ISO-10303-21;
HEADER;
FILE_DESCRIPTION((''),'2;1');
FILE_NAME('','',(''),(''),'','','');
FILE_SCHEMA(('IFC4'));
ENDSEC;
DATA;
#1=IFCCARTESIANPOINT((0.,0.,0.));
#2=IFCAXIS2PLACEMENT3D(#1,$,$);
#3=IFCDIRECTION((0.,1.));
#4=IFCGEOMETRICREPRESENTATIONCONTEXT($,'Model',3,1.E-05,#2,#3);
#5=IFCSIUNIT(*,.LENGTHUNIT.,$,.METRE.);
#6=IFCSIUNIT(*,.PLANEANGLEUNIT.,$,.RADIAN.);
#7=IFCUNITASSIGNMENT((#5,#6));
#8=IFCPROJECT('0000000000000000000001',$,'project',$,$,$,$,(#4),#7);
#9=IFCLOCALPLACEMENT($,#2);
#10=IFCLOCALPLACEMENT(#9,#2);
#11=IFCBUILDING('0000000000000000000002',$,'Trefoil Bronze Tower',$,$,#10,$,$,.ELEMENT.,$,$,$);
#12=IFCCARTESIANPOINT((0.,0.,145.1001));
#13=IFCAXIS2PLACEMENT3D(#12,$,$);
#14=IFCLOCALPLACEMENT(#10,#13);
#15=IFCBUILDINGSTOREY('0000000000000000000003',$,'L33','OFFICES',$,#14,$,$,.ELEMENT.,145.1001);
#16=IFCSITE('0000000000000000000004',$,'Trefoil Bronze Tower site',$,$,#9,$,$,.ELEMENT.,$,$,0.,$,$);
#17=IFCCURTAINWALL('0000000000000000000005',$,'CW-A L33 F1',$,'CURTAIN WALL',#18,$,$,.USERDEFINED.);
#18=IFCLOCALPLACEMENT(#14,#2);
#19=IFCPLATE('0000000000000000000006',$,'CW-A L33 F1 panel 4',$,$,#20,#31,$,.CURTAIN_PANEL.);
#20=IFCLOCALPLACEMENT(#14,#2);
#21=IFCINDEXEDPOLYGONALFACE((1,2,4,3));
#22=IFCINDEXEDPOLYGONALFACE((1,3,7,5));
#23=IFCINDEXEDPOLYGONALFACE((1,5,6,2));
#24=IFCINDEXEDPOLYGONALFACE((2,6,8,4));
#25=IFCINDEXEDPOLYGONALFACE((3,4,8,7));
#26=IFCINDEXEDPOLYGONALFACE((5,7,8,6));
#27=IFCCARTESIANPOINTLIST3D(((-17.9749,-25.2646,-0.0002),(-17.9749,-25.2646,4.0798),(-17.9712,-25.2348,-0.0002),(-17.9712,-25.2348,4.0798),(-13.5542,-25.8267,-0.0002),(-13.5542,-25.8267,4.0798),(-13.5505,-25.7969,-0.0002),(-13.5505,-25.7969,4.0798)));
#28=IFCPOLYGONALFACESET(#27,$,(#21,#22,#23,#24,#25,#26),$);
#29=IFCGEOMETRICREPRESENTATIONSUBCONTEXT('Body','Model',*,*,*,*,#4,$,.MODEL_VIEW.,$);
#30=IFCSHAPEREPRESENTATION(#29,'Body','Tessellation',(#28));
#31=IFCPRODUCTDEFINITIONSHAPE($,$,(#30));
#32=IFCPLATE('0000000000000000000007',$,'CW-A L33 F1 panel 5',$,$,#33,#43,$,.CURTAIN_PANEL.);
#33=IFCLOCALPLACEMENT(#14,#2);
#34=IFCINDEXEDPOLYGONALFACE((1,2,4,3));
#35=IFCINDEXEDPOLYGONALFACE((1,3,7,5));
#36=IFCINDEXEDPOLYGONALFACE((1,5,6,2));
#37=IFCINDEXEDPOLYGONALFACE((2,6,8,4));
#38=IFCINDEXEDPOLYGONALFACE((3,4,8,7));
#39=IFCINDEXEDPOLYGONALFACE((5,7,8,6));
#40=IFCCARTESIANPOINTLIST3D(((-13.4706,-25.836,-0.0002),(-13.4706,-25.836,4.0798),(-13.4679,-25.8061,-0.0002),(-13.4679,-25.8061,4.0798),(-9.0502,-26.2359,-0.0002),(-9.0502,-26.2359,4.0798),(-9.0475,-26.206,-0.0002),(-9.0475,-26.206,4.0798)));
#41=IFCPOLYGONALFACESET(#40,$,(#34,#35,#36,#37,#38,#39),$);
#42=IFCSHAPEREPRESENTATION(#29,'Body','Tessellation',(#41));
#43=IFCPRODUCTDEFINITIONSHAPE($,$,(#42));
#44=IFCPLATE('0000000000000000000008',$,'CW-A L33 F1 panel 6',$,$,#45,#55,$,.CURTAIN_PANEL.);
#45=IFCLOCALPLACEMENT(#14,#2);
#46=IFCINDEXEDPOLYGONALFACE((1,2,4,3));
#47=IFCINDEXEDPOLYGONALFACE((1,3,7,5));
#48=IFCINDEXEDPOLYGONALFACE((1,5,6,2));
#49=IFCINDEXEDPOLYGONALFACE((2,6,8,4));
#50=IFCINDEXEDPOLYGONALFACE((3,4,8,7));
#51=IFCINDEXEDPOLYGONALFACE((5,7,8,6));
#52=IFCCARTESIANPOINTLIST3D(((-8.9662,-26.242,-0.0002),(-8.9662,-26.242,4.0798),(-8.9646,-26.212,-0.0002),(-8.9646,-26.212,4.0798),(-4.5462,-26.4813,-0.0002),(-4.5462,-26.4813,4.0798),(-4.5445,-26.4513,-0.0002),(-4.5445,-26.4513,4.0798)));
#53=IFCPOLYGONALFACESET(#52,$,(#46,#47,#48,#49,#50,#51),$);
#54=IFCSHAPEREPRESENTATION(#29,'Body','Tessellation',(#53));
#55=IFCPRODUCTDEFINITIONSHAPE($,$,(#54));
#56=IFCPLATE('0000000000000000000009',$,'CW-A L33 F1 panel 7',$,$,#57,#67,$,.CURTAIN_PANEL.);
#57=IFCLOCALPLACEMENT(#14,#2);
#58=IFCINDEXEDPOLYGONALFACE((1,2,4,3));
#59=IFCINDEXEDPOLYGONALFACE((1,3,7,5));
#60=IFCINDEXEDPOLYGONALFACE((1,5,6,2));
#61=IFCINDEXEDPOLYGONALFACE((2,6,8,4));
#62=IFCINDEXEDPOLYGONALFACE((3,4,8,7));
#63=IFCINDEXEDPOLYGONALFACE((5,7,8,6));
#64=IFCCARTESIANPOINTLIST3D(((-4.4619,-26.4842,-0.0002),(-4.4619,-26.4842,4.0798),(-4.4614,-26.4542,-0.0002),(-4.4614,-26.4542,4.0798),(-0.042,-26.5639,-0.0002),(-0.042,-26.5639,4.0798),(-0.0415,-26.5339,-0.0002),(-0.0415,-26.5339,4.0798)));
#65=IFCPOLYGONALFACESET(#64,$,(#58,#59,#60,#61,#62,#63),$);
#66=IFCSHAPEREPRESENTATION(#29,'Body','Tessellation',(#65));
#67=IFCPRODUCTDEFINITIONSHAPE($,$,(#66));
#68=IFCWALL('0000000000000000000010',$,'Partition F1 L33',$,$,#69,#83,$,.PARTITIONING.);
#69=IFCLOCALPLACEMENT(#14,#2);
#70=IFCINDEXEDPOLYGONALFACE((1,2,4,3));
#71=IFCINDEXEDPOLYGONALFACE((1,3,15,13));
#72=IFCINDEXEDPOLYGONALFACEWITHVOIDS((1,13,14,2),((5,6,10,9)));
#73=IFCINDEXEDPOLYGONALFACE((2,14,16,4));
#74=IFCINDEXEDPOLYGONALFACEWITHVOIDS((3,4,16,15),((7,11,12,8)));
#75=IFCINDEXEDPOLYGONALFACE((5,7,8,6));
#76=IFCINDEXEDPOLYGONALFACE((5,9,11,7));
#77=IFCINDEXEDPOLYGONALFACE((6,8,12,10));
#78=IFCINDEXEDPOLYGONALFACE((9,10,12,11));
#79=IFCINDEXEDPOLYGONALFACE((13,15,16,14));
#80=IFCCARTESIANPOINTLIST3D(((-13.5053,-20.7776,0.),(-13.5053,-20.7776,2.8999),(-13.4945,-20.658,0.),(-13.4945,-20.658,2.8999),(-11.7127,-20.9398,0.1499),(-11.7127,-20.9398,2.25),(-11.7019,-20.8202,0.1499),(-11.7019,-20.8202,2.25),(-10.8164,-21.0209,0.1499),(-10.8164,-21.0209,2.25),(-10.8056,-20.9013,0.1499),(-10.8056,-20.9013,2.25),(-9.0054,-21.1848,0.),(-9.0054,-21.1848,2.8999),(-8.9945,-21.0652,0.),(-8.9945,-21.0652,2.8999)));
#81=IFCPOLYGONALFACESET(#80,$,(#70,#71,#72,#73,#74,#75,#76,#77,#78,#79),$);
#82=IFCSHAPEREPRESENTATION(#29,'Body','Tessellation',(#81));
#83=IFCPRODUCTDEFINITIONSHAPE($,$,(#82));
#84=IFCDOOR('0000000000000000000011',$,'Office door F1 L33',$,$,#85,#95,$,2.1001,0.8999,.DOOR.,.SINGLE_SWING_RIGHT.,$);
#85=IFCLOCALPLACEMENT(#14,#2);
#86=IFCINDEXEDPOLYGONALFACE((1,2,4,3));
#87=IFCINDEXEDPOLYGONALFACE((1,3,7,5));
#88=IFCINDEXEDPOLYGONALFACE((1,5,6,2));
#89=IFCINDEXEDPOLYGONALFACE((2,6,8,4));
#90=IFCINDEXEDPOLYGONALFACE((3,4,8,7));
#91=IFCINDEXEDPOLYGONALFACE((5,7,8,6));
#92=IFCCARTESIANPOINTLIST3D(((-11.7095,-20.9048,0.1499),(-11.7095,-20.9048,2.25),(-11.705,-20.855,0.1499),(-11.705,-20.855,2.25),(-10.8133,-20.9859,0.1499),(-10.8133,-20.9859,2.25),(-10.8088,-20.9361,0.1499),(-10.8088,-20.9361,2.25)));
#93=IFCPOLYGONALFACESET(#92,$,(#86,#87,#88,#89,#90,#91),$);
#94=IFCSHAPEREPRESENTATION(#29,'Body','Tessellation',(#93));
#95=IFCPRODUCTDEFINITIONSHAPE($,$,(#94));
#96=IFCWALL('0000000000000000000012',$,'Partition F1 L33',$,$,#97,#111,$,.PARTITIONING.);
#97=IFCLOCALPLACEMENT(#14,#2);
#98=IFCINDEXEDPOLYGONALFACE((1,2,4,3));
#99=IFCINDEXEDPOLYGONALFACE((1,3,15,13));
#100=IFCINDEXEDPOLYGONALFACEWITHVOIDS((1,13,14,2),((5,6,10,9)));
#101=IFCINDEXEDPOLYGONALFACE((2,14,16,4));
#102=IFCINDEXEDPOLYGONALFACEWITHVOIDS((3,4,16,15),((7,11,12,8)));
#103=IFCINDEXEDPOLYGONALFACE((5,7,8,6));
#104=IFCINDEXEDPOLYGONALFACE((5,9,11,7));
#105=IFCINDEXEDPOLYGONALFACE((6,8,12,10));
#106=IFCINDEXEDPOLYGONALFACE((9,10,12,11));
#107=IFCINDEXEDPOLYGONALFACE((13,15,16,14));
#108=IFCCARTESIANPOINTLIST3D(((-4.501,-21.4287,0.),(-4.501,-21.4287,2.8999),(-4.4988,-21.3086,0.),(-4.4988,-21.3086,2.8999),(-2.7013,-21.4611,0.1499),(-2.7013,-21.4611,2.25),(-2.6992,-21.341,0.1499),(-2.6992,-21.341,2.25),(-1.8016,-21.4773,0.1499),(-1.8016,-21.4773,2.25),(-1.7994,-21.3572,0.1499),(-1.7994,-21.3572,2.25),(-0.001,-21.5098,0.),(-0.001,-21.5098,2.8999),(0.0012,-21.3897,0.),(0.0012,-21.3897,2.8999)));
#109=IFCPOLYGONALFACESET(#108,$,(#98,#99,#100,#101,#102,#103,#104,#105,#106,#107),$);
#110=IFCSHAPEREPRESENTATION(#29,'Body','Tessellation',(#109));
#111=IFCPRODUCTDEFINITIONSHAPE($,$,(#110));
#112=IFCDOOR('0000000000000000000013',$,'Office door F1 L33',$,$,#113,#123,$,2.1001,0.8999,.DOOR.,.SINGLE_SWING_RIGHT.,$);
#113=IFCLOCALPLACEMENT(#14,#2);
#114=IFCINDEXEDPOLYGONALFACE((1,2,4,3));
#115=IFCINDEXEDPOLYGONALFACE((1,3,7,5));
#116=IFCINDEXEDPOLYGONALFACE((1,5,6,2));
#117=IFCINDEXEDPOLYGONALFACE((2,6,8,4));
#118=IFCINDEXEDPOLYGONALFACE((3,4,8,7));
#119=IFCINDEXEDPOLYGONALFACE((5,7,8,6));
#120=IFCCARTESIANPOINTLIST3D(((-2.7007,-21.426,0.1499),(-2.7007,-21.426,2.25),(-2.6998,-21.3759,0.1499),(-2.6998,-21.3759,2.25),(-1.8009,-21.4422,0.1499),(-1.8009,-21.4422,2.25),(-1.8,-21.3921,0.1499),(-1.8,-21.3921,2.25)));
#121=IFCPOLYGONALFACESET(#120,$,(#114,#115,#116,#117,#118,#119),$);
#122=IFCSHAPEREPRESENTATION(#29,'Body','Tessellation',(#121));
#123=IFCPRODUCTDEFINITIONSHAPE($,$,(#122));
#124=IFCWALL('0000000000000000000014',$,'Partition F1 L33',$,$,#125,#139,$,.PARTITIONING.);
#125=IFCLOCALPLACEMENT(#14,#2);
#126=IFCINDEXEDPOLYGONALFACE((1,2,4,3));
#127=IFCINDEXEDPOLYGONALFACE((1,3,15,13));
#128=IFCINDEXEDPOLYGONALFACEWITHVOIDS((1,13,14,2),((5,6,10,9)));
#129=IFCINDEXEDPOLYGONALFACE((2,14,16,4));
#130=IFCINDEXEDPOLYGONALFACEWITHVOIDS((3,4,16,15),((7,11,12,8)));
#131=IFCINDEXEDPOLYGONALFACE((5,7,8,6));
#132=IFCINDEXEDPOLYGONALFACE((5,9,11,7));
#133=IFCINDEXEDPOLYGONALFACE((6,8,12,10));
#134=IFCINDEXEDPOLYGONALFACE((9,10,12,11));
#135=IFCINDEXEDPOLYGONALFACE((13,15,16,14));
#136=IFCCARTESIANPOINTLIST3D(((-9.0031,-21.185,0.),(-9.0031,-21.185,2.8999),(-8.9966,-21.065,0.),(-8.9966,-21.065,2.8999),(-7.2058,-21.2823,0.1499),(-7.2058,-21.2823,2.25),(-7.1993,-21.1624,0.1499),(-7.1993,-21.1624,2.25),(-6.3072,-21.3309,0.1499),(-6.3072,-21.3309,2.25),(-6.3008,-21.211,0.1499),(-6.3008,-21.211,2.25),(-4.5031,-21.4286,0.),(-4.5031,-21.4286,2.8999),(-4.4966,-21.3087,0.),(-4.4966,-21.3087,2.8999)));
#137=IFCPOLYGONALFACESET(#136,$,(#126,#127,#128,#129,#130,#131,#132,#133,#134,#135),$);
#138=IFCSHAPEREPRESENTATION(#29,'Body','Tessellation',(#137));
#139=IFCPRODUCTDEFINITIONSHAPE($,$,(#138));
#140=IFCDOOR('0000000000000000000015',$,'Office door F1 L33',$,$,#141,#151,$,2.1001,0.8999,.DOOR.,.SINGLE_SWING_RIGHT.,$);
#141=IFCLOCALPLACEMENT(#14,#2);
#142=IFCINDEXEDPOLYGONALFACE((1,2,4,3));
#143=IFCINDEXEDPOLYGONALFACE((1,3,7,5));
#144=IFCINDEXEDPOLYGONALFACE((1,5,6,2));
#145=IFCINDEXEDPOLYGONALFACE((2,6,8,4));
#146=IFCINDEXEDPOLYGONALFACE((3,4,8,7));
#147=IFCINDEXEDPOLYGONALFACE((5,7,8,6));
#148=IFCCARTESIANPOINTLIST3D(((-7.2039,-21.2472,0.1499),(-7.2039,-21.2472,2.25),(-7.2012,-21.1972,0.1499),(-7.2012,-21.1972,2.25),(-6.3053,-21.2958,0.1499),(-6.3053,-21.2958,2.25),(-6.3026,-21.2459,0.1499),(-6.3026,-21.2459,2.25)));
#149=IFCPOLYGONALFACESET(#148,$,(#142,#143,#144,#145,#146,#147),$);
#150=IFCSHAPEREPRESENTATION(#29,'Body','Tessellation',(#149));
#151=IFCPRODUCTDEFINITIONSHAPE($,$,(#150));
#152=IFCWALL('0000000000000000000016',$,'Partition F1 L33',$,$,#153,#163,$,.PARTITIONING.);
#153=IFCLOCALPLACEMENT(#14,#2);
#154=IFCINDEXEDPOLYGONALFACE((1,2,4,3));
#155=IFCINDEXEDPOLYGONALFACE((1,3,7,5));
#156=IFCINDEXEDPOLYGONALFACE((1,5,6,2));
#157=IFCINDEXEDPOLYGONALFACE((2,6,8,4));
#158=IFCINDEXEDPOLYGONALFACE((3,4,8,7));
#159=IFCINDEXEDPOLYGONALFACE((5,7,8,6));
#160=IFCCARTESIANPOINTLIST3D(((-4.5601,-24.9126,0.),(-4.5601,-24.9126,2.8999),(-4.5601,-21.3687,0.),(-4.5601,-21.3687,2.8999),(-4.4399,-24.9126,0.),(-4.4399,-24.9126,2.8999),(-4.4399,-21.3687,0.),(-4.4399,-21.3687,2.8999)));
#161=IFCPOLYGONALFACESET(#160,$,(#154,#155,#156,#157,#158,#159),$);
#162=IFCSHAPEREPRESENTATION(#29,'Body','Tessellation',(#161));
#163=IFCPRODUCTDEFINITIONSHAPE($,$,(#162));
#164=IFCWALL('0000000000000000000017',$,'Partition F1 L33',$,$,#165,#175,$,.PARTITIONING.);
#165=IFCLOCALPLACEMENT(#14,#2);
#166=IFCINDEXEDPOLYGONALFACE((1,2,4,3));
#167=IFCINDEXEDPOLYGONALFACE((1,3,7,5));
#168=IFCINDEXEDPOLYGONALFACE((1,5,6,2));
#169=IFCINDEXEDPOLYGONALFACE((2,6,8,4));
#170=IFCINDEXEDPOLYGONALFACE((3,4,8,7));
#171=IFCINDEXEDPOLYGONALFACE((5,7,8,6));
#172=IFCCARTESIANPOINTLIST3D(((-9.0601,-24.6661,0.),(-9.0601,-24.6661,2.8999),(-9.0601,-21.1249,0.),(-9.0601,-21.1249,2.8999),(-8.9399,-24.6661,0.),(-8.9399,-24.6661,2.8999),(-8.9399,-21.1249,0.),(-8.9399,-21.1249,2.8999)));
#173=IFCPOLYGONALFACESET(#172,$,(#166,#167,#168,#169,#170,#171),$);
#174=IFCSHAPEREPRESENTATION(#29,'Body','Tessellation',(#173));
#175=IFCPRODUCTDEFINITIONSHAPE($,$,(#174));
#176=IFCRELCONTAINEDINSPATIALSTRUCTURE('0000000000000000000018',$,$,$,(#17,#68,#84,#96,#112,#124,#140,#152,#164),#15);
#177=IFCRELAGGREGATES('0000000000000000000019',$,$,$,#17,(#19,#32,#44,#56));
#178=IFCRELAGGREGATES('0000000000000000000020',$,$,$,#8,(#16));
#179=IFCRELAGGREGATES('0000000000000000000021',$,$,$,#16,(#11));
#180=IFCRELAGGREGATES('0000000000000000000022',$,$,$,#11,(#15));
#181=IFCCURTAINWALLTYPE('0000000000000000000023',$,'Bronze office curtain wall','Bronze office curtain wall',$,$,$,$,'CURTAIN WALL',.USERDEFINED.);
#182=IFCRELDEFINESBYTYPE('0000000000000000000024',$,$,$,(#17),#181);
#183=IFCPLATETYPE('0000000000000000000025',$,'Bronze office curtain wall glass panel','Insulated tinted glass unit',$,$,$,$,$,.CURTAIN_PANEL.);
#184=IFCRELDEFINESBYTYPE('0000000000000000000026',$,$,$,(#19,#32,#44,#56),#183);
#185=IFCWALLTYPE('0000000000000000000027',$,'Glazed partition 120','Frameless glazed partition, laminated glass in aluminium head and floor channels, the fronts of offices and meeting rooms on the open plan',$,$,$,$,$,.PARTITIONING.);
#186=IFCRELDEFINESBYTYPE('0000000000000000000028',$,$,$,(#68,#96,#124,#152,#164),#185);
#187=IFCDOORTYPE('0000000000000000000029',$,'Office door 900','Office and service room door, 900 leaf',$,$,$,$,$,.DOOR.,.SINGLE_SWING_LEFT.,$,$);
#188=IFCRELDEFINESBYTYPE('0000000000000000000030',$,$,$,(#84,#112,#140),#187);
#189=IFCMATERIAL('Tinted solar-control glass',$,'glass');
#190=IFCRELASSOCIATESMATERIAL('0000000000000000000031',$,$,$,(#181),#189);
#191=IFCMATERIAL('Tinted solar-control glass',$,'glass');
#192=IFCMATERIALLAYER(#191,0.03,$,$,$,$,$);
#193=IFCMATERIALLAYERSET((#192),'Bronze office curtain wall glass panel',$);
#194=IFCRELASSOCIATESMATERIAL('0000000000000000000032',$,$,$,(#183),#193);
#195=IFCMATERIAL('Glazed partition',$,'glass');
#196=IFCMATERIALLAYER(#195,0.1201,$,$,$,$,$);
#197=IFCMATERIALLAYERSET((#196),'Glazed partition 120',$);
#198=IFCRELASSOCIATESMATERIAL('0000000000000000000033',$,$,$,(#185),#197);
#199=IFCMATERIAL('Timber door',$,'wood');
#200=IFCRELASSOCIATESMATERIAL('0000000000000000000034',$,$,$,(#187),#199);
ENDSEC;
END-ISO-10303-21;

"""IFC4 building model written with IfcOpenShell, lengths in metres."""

from ifc_helpers import new_model, si_unit, direction, frame, frame_2d, origin, origin_2d, place, context, subcontext, project, spatial, rectangle, extrude, material, layer, layer_set, type_object, element, fill, aggregate, save


model = new_model("IFC4")

# Units and contexts
model_context = context("Model", 3, precision=1e-05, world=origin(), true_north=direction((0.0, 1.0)))
body_context = subcontext(model_context, "Body", "Model", "MODEL_VIEW")
ifc_project = project(units=[si_unit("LENGTHUNIT", "METRE"), si_unit("PLANEANGLEUNIT", "RADIAN")], contexts=[model_context])

# Site, building, storey
site_placement = place(None, origin())
site = spatial("IfcSite", under=ifc_project, at=site_placement, Name="Trefoil Bronze Tower site", CompositionType="ELEMENT", RefElevation=0.0)
building_placement = place(site_placement, origin())
building = spatial("IfcBuilding", under=site, at=building_placement, Name="Trefoil Bronze Tower", CompositionType="ELEMENT")
storey_placement = place(building_placement, frame((0.0, 0.0, 145.1001)))
storey = spatial("IfcBuildingStorey", under=building, at=storey_placement, Name="L33", Description="OFFICES", CompositionType="ELEMENT", Elevation=145.1001)

# Curtain wall
ifc_material_1 = material(Name="Tinted solar-control glass", Category="glass")
curtain_wall_type = type_object("IfcCurtainWallType", Name="Bronze office curtain wall", Description="Bronze office curtain wall", ElementType="CURTAIN WALL", PredefinedType="USERDEFINED", material=ifc_material_1)
curtain_wall_placement = place(storey_placement, origin())
curtain_wall = element("IfcCurtainWall", 1, at=curtain_wall_placement, inside=storey, type_object=curtain_wall_type, Name="CW-A L33 F1", ObjectType="CURTAIN WALL", PredefinedType="USERDEFINED")

# Plates
ifc_material_2 = material(Name="Tinted solar-control glass", Category="glass")
ifc_layer_1 = layer(ifc_material_2, 0.03)
ifc_layer_set_1 = layer_set([ifc_layer_1], Name="Bronze office curtain wall glass panel")
plate_type = type_object("IfcPlateType", Name="Bronze office curtain wall glass panel", Description="Insulated tinted glass unit", PredefinedType="CURTAIN_PANEL", material=ifc_layer_set_1)
plate_1_placement = place(storey_placement, frame((-15.7627, -25.5308, -0.0002), z_axis=(0.0, 0.0, 1.0), x_axis=(0.992012, -0.126147, 0.0)))
plate_1 = element("IfcPlate", 2, at=plate_1_placement, type_object=plate_type, Name="CW-A L33 F1 panel 4", PredefinedType="CURTAIN_PANEL", context=body_context, shape_type="SweptSolid", body=[
    extrude(rectangle(XDim=4.4563, YDim=0.03, at=origin_2d()), origin(), (0.0, 0.0, 1.0), 4.0801),
])
plate_2_placement = place(storey_placement, frame((-11.259, -26.021, -0.0002), z_axis=(0.0, 0.0, 1.0), x_axis=(0.995932, -0.090105, 0.0)))
plate_2 = element("IfcPlate", 3, at=plate_2_placement, type_object=plate_type, Name="CW-A L33 F1 panel 5", PredefinedType="CURTAIN_PANEL", context=body_context, shape_type="SweptSolid", body=[
    extrude(rectangle(XDim=4.4385, YDim=0.03, at=origin_2d()), origin(), (0.0, 0.0, 1.0), 4.0801),
])
plate_3_placement = place(storey_placement, frame((-6.7554, -26.3467, -0.0002), z_axis=(0.0, 0.0, 1.0), x_axis=(0.998538, -0.054063, 0.0)))
plate_3 = element("IfcPlate", 4, at=plate_3_placement, type_object=plate_type, Name="CW-A L33 F1 panel 6", PredefinedType="CURTAIN_PANEL", context=body_context, shape_type="SweptSolid", body=[
    extrude(rectangle(XDim=4.4265, YDim=0.03, at=origin_2d()), origin(), (0.0, 0.0, 1.0), 4.0801),
])
plate_4_placement = place(storey_placement, frame((-2.2517, -26.509, -0.0002), z_axis=(0.0, 0.0, 1.0), x_axis=(0.999838, -0.018021, 0.0)))
plate_4 = element("IfcPlate", 5, at=plate_4_placement, type_object=plate_type, Name="CW-A L33 F1 panel 7", PredefinedType="CURTAIN_PANEL", context=body_context, shape_type="SweptSolid", body=[
    extrude(rectangle(XDim=4.4207, YDim=0.03, at=origin_2d()), origin(), (0.0, 0.0, 1.0), 4.0801),
])
aggregate(curtain_wall, [plate_1, plate_2, plate_3, plate_4])

# Walls, openings, doors
ifc_material_3 = material(Name="Glazed partition", Category="glass")
ifc_layer_2 = layer(ifc_material_3, 0.1201)
ifc_layer_set_2 = layer_set([ifc_layer_2], Name="Glazed partition 120")
wall_type_1 = type_object("IfcWallType", Name="Glazed partition 120", Description="Frameless glazed partition, laminated glass in aluminium head and floor channels, the fronts of offices and meeting rooms on the open plan", PredefinedType="PARTITIONING", material=ifc_layer_set_2)
wall_1_placement = place(storey_placement, frame((-13.5, -20.7178, 0.0), z_axis=(0.0, 0.0, 1.0), x_axis=(0.99593, -0.090127, 0.0)))
wall_1 = element("IfcWall", 6, at=wall_1_placement, inside=storey, type_object=wall_type_1, Name="Partition F1 L33", PredefinedType="PARTITIONING", context=body_context, shape_type="SweptSolid", body=[
    extrude(rectangle(XDim=4.5183, YDim=0.1201, at=frame_2d((2.2593, 0.0))), origin(), (0.0, 0.0, 1.0), 2.8999),
])
opening_1_placement = place(wall_1_placement, frame((1.8, 0.0, 0.1499)))
opening_1 = element("IfcOpeningElement", 7, at=opening_1_placement, cuts=wall_1, PredefinedType="OPENING", context=body_context, shape_type="SweptSolid", body=[
    extrude(rectangle(XDim=0.8999, YDim=2.1001, at=frame_2d((0.45, 1.05))), frame((0.0, 0.0701, 0.0), z_axis=(0.0, -1.0, 0.0), x_axis=(1.0, 0.0, 0.0)), (0.0, 0.0, 1.0), 0.1401),
])
ifc_material_4 = material(Name="Timber door", Category="wood")
door_type = type_object("IfcDoorType", Name="Office door 900", Description="Office and service room door, 900 leaf", OperationType="SINGLE_SWING_LEFT", PredefinedType="DOOR", material=ifc_material_4)
door_1_placement = place(opening_1_placement, frame((0.8999, 0.0, 0.0), z_axis=(0.0, 0.0, 1.0), x_axis=(-1.0, 0.0, 0.0)))
door_1 = element("IfcDoor", 8, at=door_1_placement, inside=storey, type_object=door_type, Name="Office door F1 L33", OperationType="SINGLE_SWING_RIGHT", OverallHeight=2.1001, OverallWidth=0.8999, PredefinedType="DOOR", context=body_context, shape_type="SweptSolid", body=[
    extrude(rectangle(XDim=0.8999, YDim=2.1001, at=frame_2d((0.45, 1.05))), frame((0.0, 0.0249, 0.0), z_axis=(0.0, -1.0, 0.0), x_axis=(1.0, 0.0, 0.0)), (0.0, 0.0, 1.0), 0.05),
])
fill(opening_1, door_1)
wall_2_placement = place(storey_placement, frame((-4.5, -21.3687, 0.0), z_axis=(0.0, 0.0, 1.0), x_axis=(0.999838, -0.018009, 0.0)))
wall_2 = element("IfcWall", 9, at=wall_2_placement, inside=storey, type_object=wall_type_1, Name="Partition F1 L33", PredefinedType="PARTITIONING", context=body_context, shape_type="SweptSolid", body=[
    extrude(rectangle(XDim=4.5007, YDim=0.1201, at=frame_2d((2.2505, 0.0))), origin(), (0.0, 0.0, 1.0), 2.8999),
])
opening_2_placement = place(wall_2_placement, frame((1.8, 0.0, 0.1499)))
opening_2 = element("IfcOpeningElement", 10, at=opening_2_placement, cuts=wall_2, PredefinedType="OPENING", context=body_context, shape_type="SweptSolid", body=[
    extrude(rectangle(XDim=0.8999, YDim=2.1001, at=frame_2d((0.45, 1.05))), frame((0.0, 0.0701, 0.0), z_axis=(0.0, -1.0, 0.0), x_axis=(1.0, 0.0, 0.0)), (0.0, 0.0, 1.0), 0.1401),
])
door_2_placement = place(opening_2_placement, frame((0.8999, 0.0, 0.0), z_axis=(0.0, 0.0, 1.0), x_axis=(-1.0, 0.0, 0.0)))
door_2 = element("IfcDoor", 11, at=door_2_placement, inside=storey, type_object=door_type, Name="Office door F1 L33", OperationType="SINGLE_SWING_RIGHT", OverallHeight=2.1001, OverallWidth=0.8999, PredefinedType="DOOR", context=body_context, shape_type="SweptSolid", body=[
    extrude(rectangle(XDim=0.8999, YDim=2.1001, at=frame_2d((0.45, 1.05))), frame((0.0, 0.0249, 0.0), z_axis=(0.0, -1.0, 0.0), x_axis=(1.0, 0.0, 0.0)), (0.0, 0.0, 1.0), 0.05),
])
fill(opening_2, door_2)
wall_3_placement = place(storey_placement, frame((-9.0, -21.125, 0.0), z_axis=(0.0, 0.0, 1.0), x_axis=(0.998537, -0.054066, 0.0)))
wall_3 = element("IfcWall", 12, at=wall_3_placement, inside=storey, type_object=wall_type_1, Name="Partition F1 L33", PredefinedType="PARTITIONING", context=body_context, shape_type="SweptSolid", body=[
    extrude(rectangle(XDim=4.5066, YDim=0.1201, at=frame_2d((2.2534, 0.0))), origin(), (0.0, 0.0, 1.0), 2.8999),
])
opening_3_placement = place(wall_3_placement, frame((1.8, 0.0, 0.1499)))
opening_3 = element("IfcOpeningElement", 13, at=opening_3_placement, cuts=wall_3, PredefinedType="OPENING", context=body_context, shape_type="SweptSolid", body=[
    extrude(rectangle(XDim=0.8999, YDim=2.1001, at=frame_2d((0.45, 1.05))), frame((0.0, 0.0701, 0.0), z_axis=(0.0, -1.0, 0.0), x_axis=(1.0, 0.0, 0.0)), (0.0, 0.0, 1.0), 0.1401),
])
door_3_placement = place(opening_3_placement, frame((0.8999, 0.0, 0.0), z_axis=(0.0, 0.0, 1.0), x_axis=(-1.0, 0.0, 0.0)))
door_3 = element("IfcDoor", 14, at=door_3_placement, inside=storey, type_object=door_type, Name="Office door F1 L33", OperationType="SINGLE_SWING_RIGHT", OverallHeight=2.1001, OverallWidth=0.8999, PredefinedType="DOOR", context=body_context, shape_type="SweptSolid", body=[
    extrude(rectangle(XDim=0.8999, YDim=2.1001, at=frame_2d((0.45, 1.05))), frame((0.0, 0.0249, 0.0), z_axis=(0.0, -1.0, 0.0), x_axis=(1.0, 0.0, 0.0)), (0.0, 0.0, 1.0), 0.05),
])
fill(opening_3, door_3)

# Walls
wall_4_placement = place(storey_placement, frame((-4.5, -21.3687, 0.0), z_axis=(0.0, 0.0, 1.0), x_axis=(0.0, -1.0, 0.0)))
element("IfcWall", 15, at=wall_4_placement, inside=storey, type_object=wall_type_1, Name="Partition F1 L33", PredefinedType="PARTITIONING", context=body_context, shape_type="SweptSolid", body=[
    extrude(rectangle(XDim=3.5439, YDim=0.1201, at=frame_2d((1.772, 0.0))), origin(), (0.0, 0.0, 1.0), 2.8999),
])
wall_5_placement = place(storey_placement, frame((-9.0, -21.125, 0.0), z_axis=(0.0, 0.0, 1.0), x_axis=(0.0, -1.0, 0.0)))
element("IfcWall", 16, at=wall_5_placement, inside=storey, type_object=wall_type_1, Name="Partition F1 L33", PredefinedType="PARTITIONING", context=body_context, shape_type="SweptSolid", body=[
    extrude(rectangle(XDim=3.5413, YDim=0.1201, at=frame_2d((1.7705, 0.0))), origin(), (0.0, 0.0, 1.0), 2.8999),
])

save(model, "model.ifc")
